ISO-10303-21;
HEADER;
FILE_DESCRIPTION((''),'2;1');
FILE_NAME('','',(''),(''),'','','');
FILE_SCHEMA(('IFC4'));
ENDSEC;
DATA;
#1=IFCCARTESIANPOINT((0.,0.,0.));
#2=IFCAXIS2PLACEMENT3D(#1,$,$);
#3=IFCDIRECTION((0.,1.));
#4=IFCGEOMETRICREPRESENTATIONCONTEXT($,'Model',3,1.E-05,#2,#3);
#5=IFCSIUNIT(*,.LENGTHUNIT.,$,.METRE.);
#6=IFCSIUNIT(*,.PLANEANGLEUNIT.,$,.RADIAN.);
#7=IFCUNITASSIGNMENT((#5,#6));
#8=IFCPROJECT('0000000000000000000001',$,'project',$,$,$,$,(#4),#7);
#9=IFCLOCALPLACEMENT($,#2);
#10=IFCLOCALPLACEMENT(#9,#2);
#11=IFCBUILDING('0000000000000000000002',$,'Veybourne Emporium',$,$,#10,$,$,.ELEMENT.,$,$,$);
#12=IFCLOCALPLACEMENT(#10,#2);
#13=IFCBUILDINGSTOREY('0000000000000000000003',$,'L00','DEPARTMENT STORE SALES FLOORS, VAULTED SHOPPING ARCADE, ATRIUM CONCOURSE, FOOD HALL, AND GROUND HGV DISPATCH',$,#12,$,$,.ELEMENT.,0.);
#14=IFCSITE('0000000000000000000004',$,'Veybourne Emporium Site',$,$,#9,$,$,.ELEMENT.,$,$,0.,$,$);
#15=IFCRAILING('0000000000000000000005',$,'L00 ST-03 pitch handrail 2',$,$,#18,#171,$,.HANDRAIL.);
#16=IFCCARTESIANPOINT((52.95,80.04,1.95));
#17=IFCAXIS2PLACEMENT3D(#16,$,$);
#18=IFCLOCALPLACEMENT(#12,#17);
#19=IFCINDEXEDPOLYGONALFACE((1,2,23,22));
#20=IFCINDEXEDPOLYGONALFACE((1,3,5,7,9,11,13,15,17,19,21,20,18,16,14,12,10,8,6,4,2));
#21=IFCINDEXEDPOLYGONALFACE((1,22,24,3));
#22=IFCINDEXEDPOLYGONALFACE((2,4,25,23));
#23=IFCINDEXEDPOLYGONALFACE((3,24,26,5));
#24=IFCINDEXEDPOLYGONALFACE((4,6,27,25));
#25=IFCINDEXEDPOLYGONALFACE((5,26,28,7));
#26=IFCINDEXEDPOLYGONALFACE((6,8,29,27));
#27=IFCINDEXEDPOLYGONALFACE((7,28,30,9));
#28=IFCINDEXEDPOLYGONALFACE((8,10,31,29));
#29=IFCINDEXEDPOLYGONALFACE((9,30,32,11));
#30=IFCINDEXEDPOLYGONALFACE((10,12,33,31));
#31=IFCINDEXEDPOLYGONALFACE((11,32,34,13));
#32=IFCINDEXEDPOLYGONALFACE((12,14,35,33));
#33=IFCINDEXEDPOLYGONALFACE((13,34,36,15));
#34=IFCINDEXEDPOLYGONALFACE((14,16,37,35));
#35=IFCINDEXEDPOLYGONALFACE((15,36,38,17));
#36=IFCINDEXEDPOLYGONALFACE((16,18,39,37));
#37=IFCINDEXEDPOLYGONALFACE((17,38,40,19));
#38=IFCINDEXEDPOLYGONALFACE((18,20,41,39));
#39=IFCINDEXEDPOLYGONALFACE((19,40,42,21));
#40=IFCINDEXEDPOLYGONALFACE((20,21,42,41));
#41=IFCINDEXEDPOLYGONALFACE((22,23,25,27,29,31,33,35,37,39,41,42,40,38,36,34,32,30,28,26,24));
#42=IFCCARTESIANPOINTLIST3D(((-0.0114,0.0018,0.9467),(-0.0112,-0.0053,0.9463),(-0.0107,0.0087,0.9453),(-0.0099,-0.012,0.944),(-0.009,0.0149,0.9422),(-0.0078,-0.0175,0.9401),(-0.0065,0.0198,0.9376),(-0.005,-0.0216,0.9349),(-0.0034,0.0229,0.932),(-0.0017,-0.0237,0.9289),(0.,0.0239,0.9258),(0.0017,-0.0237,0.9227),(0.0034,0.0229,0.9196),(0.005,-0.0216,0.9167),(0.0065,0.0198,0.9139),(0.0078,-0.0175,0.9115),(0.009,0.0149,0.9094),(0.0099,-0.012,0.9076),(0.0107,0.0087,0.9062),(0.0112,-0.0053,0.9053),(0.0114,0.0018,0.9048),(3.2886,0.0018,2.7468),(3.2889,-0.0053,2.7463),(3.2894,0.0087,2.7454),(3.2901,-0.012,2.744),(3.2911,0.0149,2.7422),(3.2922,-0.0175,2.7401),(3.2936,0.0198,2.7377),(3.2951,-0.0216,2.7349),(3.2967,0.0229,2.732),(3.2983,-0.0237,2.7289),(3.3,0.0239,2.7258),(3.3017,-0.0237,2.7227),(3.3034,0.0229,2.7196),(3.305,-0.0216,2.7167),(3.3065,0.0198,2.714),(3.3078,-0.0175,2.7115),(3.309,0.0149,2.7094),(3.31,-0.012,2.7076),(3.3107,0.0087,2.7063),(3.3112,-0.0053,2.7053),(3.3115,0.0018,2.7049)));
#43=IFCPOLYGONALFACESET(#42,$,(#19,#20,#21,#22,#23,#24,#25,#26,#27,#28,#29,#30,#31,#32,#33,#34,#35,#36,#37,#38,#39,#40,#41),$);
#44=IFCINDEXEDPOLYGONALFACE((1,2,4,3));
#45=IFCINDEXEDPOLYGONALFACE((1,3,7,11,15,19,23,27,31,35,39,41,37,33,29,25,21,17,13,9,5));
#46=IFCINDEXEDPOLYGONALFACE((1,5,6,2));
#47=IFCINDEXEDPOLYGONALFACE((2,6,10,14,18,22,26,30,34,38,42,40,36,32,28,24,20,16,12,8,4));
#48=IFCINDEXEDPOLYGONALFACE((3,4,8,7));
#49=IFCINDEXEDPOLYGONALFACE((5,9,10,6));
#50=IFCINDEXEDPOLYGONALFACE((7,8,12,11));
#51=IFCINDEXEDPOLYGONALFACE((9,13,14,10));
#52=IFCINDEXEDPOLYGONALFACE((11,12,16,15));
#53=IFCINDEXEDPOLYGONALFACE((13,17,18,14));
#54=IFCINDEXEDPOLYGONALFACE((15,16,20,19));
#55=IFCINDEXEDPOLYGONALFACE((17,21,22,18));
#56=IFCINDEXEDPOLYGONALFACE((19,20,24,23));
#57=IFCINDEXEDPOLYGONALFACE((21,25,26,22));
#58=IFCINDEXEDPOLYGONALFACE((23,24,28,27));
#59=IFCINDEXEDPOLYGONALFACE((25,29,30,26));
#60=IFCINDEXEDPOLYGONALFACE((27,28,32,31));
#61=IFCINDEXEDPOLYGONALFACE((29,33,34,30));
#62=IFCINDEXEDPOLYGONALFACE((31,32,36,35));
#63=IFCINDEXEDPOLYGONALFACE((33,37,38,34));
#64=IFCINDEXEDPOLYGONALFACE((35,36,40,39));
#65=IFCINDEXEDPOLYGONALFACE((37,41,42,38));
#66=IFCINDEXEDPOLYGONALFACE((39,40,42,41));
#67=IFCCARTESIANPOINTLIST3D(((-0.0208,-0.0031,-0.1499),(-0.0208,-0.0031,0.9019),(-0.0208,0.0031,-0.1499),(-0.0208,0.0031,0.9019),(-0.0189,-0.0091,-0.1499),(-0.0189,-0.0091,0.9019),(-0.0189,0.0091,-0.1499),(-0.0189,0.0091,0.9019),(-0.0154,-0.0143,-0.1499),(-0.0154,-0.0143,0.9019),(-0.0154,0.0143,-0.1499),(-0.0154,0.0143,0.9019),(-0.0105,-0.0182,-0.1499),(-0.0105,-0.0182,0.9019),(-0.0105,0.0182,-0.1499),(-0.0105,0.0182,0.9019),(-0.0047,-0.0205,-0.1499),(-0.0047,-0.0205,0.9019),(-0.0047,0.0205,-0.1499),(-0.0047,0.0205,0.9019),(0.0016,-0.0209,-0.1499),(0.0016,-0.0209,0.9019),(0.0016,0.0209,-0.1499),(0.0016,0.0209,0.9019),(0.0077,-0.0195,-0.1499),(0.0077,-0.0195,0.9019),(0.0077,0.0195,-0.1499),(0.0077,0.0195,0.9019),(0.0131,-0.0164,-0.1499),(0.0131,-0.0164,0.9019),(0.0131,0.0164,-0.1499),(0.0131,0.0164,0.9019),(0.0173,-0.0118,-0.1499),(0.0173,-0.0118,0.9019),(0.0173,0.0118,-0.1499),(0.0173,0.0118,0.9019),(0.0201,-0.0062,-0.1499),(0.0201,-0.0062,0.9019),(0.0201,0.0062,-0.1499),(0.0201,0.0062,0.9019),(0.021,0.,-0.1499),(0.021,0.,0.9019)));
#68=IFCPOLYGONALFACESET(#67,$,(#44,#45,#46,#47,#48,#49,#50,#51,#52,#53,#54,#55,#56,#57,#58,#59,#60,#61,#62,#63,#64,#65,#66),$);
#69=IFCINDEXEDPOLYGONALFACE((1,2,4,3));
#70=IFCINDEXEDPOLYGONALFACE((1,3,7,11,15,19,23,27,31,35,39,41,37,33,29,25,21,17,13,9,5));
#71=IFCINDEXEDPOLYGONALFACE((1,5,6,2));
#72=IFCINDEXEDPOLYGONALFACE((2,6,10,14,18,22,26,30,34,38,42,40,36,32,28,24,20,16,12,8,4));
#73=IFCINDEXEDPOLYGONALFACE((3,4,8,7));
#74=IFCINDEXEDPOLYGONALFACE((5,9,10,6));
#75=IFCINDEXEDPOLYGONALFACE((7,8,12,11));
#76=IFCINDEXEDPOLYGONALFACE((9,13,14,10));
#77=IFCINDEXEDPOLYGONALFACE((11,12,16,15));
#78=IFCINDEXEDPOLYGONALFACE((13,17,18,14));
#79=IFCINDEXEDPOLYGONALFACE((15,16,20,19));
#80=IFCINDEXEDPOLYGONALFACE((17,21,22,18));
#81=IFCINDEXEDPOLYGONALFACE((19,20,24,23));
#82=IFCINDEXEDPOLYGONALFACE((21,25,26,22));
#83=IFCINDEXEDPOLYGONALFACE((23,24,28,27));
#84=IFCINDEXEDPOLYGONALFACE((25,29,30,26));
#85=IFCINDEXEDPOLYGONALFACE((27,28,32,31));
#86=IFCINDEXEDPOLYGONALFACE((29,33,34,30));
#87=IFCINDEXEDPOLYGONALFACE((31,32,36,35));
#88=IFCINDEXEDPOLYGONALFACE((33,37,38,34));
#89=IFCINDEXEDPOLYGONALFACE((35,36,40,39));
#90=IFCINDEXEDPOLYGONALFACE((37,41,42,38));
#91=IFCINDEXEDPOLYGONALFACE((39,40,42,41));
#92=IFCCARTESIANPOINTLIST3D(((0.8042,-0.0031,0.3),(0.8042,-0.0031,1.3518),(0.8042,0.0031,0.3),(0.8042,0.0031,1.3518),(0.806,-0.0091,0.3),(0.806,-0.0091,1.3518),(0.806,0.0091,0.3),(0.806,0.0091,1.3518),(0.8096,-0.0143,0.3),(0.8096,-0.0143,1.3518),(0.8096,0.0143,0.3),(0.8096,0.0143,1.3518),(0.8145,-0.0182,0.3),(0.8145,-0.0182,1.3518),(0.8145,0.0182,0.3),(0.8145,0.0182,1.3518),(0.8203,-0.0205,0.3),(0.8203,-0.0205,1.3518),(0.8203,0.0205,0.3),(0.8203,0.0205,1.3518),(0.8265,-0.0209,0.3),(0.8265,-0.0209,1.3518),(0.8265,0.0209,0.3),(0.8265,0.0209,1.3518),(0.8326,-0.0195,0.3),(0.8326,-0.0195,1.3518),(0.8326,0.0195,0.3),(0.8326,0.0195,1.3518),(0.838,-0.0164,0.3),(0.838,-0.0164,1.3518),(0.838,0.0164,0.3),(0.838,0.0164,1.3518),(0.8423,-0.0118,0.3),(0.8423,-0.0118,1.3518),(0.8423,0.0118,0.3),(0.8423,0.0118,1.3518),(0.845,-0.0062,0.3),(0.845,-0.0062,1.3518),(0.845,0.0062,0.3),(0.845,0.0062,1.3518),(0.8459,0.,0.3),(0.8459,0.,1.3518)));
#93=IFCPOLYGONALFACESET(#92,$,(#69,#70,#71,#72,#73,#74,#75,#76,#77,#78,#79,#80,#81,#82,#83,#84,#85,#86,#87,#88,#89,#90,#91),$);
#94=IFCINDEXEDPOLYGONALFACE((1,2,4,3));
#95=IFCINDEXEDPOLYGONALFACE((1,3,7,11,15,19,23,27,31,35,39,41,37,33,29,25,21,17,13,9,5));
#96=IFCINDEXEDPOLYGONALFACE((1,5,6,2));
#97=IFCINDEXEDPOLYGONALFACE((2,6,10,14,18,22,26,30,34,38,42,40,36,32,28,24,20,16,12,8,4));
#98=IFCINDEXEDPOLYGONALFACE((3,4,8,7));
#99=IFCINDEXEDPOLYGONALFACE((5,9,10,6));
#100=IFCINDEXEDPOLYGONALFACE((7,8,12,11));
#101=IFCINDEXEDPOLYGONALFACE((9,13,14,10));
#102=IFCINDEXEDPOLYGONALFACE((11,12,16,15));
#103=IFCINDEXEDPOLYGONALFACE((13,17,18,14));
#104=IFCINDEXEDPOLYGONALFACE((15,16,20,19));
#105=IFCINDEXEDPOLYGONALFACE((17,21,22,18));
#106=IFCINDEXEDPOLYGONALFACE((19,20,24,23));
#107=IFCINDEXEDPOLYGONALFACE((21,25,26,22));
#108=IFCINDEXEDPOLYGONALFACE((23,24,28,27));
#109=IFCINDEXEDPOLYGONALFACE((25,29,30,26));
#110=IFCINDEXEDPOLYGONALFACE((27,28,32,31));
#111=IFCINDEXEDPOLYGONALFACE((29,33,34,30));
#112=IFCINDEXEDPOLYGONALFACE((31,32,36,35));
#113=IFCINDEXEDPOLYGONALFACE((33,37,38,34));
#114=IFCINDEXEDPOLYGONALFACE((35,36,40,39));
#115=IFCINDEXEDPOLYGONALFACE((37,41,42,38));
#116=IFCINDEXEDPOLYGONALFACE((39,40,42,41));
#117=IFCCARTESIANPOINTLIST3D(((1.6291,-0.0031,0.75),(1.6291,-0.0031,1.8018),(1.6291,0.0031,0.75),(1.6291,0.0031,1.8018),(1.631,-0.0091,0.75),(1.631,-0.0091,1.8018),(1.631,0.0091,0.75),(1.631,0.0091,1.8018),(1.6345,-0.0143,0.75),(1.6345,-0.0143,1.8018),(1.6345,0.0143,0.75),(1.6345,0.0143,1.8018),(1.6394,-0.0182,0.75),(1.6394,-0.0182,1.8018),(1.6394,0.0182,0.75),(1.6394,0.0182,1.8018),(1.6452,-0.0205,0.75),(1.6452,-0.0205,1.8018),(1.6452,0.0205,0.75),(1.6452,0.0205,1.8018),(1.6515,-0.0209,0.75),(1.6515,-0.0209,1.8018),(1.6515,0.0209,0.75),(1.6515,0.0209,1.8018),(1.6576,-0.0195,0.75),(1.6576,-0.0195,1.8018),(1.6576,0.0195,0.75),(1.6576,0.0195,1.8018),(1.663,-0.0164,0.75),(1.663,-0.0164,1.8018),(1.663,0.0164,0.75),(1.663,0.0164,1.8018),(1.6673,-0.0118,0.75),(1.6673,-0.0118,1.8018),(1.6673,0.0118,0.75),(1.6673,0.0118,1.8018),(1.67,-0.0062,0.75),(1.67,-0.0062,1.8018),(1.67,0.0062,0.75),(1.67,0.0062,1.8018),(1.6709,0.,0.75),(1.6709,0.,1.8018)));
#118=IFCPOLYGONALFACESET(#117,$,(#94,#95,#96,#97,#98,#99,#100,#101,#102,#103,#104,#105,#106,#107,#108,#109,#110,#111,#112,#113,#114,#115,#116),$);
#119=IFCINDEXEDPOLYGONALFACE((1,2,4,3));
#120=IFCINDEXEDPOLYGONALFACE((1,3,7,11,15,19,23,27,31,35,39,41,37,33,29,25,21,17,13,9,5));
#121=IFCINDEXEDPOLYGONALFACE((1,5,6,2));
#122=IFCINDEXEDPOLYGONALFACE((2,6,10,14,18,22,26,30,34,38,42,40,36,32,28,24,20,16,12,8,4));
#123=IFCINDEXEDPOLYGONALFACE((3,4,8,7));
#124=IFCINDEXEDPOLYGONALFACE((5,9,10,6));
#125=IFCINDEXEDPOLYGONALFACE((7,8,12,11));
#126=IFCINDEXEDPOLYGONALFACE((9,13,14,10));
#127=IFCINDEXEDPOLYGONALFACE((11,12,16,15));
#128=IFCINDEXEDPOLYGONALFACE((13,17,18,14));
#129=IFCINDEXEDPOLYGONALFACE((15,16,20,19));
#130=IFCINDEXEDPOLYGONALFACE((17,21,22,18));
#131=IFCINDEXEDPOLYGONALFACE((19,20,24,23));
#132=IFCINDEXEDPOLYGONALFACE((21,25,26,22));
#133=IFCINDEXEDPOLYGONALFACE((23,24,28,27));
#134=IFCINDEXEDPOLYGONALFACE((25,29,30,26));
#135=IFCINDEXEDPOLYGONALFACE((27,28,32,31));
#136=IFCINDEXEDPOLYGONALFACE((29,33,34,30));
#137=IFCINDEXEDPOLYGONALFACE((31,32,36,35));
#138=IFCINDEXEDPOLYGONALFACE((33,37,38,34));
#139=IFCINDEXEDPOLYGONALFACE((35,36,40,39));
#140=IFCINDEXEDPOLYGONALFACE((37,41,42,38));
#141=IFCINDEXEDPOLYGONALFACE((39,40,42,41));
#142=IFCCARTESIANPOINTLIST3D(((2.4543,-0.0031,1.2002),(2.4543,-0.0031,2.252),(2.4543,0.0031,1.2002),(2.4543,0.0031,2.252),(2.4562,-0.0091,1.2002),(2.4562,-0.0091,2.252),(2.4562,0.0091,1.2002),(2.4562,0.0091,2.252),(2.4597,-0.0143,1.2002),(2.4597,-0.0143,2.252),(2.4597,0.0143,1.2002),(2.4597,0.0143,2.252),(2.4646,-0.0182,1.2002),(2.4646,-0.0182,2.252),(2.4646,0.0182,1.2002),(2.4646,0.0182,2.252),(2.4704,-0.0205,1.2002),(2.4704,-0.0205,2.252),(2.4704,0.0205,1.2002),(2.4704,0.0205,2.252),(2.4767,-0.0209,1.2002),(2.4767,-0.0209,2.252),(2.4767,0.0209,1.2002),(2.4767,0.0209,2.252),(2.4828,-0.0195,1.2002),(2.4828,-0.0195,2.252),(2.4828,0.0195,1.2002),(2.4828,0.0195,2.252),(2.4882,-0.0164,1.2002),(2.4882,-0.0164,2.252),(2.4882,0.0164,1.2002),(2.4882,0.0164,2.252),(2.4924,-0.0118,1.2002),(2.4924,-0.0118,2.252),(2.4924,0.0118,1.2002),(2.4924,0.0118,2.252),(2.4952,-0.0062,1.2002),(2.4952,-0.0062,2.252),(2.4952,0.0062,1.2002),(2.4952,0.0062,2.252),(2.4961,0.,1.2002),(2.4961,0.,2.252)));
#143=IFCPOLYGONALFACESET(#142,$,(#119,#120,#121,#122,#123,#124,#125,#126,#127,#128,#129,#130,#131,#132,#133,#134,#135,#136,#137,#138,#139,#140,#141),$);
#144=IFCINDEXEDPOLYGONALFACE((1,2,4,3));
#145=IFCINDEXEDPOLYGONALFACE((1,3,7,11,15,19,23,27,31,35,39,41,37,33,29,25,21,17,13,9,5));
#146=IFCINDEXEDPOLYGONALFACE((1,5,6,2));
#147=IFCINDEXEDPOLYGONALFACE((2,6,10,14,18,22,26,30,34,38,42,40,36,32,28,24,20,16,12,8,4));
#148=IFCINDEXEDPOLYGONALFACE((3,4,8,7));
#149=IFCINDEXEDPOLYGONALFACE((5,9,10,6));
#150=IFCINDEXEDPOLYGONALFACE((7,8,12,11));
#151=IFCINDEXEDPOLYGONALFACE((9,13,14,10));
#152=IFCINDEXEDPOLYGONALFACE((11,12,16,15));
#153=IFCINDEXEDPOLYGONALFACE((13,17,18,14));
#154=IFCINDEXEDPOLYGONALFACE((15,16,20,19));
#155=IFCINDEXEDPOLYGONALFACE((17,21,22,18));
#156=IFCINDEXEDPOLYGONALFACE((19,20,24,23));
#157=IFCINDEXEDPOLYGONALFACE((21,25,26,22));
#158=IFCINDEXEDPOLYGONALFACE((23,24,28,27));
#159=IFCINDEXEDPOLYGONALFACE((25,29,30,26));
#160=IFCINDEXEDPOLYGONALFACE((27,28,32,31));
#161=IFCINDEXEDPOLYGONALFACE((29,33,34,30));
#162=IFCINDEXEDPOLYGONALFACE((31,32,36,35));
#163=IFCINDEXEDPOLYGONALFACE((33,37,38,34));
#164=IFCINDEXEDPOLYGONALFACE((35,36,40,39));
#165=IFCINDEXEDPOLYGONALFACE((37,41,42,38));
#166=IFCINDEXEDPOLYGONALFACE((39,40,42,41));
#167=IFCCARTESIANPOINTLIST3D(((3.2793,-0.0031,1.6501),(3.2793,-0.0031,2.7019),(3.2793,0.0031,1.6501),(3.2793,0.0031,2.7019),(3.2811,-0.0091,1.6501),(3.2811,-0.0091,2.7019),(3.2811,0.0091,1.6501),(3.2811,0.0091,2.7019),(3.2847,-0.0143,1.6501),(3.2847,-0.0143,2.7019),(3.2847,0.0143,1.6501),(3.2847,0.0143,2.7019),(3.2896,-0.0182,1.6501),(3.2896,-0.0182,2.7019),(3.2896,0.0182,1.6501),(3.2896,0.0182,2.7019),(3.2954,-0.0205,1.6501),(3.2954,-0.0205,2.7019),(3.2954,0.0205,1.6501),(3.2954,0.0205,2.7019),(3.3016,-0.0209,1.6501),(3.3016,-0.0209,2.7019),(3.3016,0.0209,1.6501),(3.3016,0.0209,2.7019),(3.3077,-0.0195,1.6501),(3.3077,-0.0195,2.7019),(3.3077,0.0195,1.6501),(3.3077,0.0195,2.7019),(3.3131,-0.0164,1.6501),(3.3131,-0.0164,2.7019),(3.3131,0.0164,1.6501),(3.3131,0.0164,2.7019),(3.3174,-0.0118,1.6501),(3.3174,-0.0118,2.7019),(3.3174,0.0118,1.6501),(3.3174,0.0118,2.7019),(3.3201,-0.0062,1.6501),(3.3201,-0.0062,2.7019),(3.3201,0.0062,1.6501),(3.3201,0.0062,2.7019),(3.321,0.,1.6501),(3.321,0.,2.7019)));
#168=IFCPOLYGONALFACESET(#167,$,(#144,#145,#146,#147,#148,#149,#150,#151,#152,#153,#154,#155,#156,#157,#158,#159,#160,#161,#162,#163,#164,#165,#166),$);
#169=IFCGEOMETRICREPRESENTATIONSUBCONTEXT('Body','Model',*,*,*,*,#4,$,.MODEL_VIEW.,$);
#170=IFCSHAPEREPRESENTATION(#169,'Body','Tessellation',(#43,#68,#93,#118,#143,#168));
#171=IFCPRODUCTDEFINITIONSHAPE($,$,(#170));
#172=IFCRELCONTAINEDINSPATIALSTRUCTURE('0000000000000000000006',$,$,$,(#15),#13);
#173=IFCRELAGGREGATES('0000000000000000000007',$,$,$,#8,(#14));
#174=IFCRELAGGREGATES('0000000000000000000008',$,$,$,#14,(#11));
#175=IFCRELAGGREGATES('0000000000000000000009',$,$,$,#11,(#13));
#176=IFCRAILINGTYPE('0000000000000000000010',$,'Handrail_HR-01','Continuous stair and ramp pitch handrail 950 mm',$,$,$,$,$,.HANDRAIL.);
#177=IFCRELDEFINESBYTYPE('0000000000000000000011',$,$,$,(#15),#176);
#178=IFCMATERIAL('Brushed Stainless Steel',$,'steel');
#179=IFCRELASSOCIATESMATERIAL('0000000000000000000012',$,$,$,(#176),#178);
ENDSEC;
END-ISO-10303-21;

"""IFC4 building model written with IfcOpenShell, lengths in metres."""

from ifc_helpers import new_model, si_unit, direction, frame, origin, origin_2d, place, context, subcontext, project, spatial, circle, extrude, material, type_object, element, save


model = new_model("IFC4")

# Units and contexts
model_context = context("Model", 3, precision=1e-05, world=origin(), true_north=direction((0.0, 1.0)))
body_context = subcontext(model_context, "Body", "Model", "MODEL_VIEW")
ifc_project = project(units=[si_unit("LENGTHUNIT", "METRE"), si_unit("PLANEANGLEUNIT", "RADIAN")], contexts=[model_context])

# Site, building, storey
site_placement = place(None, origin())
site = spatial("IfcSite", under=ifc_project, at=site_placement, Name="Veybourne Emporium Site", CompositionType="ELEMENT", RefElevation=0.0)
building_placement = place(site_placement, origin())
building = spatial("IfcBuilding", under=site, at=building_placement, Name="Veybourne Emporium", CompositionType="ELEMENT")
storey_placement = place(building_placement, origin())
storey = spatial("IfcBuildingStorey", under=building, at=storey_placement, Name="L00", Description="DEPARTMENT STORE SALES FLOORS, VAULTED SHOPPING ARCADE, ATRIUM CONCOURSE, FOOD HALL, AND GROUND HGV DISPATCH", CompositionType="ELEMENT", Elevation=0.0)

# Railing
ifc_material_1 = material(Name="Brushed Stainless Steel", Category="steel")
railing_type_1 = type_object("IfcRailingType", Name="Handrail_HR-01", Description="Continuous stair and ramp pitch handrail 950 mm", PredefinedType="HANDRAIL", material=ifc_material_1)
railing_1_placement = place(storey_placement, frame((52.95, 80.04, 1.95)))
element("IfcRailing", 1, at=railing_1_placement, inside=storey, type_object=railing_type_1, Name="L00 ST-03 pitch handrail 2", PredefinedType="HANDRAIL", context=body_context, shape_type="SweptSolid", body=[
    extrude(circle(Radius=0.0239, at=origin_2d()), frame((0.0, 0.0, 0.9258), z_axis=(0.877893, 0.0, 0.478857), x_axis=(0.0, 1.0, 0.0)), (0.0, 0.0, 1.0), 3.759),
    extrude(circle(Radius=0.021, at=origin_2d()), frame((0.0, 0.0, -0.1499)), (0.0, 0.0, 1.0), 1.0518),
    extrude(circle(Radius=0.021, at=origin_2d()), frame((0.825, 0.0, 0.3)), (0.0, 0.0, 1.0), 1.0518),
    extrude(circle(Radius=0.021, at=origin_2d()), frame((1.6499, 0.0, 0.75)), (0.0, 0.0, 1.0), 1.0518),
    extrude(circle(Radius=0.021, at=origin_2d()), frame((2.4751, 0.0, 1.2002)), (0.0, 0.0, 1.0), 1.0518),
    extrude(circle(Radius=0.021, at=origin_2d()), frame((3.3, 0.0, 1.6501)), (0.0, 0.0, 1.0), 1.0518),
])

save(model, "model.ifc")
